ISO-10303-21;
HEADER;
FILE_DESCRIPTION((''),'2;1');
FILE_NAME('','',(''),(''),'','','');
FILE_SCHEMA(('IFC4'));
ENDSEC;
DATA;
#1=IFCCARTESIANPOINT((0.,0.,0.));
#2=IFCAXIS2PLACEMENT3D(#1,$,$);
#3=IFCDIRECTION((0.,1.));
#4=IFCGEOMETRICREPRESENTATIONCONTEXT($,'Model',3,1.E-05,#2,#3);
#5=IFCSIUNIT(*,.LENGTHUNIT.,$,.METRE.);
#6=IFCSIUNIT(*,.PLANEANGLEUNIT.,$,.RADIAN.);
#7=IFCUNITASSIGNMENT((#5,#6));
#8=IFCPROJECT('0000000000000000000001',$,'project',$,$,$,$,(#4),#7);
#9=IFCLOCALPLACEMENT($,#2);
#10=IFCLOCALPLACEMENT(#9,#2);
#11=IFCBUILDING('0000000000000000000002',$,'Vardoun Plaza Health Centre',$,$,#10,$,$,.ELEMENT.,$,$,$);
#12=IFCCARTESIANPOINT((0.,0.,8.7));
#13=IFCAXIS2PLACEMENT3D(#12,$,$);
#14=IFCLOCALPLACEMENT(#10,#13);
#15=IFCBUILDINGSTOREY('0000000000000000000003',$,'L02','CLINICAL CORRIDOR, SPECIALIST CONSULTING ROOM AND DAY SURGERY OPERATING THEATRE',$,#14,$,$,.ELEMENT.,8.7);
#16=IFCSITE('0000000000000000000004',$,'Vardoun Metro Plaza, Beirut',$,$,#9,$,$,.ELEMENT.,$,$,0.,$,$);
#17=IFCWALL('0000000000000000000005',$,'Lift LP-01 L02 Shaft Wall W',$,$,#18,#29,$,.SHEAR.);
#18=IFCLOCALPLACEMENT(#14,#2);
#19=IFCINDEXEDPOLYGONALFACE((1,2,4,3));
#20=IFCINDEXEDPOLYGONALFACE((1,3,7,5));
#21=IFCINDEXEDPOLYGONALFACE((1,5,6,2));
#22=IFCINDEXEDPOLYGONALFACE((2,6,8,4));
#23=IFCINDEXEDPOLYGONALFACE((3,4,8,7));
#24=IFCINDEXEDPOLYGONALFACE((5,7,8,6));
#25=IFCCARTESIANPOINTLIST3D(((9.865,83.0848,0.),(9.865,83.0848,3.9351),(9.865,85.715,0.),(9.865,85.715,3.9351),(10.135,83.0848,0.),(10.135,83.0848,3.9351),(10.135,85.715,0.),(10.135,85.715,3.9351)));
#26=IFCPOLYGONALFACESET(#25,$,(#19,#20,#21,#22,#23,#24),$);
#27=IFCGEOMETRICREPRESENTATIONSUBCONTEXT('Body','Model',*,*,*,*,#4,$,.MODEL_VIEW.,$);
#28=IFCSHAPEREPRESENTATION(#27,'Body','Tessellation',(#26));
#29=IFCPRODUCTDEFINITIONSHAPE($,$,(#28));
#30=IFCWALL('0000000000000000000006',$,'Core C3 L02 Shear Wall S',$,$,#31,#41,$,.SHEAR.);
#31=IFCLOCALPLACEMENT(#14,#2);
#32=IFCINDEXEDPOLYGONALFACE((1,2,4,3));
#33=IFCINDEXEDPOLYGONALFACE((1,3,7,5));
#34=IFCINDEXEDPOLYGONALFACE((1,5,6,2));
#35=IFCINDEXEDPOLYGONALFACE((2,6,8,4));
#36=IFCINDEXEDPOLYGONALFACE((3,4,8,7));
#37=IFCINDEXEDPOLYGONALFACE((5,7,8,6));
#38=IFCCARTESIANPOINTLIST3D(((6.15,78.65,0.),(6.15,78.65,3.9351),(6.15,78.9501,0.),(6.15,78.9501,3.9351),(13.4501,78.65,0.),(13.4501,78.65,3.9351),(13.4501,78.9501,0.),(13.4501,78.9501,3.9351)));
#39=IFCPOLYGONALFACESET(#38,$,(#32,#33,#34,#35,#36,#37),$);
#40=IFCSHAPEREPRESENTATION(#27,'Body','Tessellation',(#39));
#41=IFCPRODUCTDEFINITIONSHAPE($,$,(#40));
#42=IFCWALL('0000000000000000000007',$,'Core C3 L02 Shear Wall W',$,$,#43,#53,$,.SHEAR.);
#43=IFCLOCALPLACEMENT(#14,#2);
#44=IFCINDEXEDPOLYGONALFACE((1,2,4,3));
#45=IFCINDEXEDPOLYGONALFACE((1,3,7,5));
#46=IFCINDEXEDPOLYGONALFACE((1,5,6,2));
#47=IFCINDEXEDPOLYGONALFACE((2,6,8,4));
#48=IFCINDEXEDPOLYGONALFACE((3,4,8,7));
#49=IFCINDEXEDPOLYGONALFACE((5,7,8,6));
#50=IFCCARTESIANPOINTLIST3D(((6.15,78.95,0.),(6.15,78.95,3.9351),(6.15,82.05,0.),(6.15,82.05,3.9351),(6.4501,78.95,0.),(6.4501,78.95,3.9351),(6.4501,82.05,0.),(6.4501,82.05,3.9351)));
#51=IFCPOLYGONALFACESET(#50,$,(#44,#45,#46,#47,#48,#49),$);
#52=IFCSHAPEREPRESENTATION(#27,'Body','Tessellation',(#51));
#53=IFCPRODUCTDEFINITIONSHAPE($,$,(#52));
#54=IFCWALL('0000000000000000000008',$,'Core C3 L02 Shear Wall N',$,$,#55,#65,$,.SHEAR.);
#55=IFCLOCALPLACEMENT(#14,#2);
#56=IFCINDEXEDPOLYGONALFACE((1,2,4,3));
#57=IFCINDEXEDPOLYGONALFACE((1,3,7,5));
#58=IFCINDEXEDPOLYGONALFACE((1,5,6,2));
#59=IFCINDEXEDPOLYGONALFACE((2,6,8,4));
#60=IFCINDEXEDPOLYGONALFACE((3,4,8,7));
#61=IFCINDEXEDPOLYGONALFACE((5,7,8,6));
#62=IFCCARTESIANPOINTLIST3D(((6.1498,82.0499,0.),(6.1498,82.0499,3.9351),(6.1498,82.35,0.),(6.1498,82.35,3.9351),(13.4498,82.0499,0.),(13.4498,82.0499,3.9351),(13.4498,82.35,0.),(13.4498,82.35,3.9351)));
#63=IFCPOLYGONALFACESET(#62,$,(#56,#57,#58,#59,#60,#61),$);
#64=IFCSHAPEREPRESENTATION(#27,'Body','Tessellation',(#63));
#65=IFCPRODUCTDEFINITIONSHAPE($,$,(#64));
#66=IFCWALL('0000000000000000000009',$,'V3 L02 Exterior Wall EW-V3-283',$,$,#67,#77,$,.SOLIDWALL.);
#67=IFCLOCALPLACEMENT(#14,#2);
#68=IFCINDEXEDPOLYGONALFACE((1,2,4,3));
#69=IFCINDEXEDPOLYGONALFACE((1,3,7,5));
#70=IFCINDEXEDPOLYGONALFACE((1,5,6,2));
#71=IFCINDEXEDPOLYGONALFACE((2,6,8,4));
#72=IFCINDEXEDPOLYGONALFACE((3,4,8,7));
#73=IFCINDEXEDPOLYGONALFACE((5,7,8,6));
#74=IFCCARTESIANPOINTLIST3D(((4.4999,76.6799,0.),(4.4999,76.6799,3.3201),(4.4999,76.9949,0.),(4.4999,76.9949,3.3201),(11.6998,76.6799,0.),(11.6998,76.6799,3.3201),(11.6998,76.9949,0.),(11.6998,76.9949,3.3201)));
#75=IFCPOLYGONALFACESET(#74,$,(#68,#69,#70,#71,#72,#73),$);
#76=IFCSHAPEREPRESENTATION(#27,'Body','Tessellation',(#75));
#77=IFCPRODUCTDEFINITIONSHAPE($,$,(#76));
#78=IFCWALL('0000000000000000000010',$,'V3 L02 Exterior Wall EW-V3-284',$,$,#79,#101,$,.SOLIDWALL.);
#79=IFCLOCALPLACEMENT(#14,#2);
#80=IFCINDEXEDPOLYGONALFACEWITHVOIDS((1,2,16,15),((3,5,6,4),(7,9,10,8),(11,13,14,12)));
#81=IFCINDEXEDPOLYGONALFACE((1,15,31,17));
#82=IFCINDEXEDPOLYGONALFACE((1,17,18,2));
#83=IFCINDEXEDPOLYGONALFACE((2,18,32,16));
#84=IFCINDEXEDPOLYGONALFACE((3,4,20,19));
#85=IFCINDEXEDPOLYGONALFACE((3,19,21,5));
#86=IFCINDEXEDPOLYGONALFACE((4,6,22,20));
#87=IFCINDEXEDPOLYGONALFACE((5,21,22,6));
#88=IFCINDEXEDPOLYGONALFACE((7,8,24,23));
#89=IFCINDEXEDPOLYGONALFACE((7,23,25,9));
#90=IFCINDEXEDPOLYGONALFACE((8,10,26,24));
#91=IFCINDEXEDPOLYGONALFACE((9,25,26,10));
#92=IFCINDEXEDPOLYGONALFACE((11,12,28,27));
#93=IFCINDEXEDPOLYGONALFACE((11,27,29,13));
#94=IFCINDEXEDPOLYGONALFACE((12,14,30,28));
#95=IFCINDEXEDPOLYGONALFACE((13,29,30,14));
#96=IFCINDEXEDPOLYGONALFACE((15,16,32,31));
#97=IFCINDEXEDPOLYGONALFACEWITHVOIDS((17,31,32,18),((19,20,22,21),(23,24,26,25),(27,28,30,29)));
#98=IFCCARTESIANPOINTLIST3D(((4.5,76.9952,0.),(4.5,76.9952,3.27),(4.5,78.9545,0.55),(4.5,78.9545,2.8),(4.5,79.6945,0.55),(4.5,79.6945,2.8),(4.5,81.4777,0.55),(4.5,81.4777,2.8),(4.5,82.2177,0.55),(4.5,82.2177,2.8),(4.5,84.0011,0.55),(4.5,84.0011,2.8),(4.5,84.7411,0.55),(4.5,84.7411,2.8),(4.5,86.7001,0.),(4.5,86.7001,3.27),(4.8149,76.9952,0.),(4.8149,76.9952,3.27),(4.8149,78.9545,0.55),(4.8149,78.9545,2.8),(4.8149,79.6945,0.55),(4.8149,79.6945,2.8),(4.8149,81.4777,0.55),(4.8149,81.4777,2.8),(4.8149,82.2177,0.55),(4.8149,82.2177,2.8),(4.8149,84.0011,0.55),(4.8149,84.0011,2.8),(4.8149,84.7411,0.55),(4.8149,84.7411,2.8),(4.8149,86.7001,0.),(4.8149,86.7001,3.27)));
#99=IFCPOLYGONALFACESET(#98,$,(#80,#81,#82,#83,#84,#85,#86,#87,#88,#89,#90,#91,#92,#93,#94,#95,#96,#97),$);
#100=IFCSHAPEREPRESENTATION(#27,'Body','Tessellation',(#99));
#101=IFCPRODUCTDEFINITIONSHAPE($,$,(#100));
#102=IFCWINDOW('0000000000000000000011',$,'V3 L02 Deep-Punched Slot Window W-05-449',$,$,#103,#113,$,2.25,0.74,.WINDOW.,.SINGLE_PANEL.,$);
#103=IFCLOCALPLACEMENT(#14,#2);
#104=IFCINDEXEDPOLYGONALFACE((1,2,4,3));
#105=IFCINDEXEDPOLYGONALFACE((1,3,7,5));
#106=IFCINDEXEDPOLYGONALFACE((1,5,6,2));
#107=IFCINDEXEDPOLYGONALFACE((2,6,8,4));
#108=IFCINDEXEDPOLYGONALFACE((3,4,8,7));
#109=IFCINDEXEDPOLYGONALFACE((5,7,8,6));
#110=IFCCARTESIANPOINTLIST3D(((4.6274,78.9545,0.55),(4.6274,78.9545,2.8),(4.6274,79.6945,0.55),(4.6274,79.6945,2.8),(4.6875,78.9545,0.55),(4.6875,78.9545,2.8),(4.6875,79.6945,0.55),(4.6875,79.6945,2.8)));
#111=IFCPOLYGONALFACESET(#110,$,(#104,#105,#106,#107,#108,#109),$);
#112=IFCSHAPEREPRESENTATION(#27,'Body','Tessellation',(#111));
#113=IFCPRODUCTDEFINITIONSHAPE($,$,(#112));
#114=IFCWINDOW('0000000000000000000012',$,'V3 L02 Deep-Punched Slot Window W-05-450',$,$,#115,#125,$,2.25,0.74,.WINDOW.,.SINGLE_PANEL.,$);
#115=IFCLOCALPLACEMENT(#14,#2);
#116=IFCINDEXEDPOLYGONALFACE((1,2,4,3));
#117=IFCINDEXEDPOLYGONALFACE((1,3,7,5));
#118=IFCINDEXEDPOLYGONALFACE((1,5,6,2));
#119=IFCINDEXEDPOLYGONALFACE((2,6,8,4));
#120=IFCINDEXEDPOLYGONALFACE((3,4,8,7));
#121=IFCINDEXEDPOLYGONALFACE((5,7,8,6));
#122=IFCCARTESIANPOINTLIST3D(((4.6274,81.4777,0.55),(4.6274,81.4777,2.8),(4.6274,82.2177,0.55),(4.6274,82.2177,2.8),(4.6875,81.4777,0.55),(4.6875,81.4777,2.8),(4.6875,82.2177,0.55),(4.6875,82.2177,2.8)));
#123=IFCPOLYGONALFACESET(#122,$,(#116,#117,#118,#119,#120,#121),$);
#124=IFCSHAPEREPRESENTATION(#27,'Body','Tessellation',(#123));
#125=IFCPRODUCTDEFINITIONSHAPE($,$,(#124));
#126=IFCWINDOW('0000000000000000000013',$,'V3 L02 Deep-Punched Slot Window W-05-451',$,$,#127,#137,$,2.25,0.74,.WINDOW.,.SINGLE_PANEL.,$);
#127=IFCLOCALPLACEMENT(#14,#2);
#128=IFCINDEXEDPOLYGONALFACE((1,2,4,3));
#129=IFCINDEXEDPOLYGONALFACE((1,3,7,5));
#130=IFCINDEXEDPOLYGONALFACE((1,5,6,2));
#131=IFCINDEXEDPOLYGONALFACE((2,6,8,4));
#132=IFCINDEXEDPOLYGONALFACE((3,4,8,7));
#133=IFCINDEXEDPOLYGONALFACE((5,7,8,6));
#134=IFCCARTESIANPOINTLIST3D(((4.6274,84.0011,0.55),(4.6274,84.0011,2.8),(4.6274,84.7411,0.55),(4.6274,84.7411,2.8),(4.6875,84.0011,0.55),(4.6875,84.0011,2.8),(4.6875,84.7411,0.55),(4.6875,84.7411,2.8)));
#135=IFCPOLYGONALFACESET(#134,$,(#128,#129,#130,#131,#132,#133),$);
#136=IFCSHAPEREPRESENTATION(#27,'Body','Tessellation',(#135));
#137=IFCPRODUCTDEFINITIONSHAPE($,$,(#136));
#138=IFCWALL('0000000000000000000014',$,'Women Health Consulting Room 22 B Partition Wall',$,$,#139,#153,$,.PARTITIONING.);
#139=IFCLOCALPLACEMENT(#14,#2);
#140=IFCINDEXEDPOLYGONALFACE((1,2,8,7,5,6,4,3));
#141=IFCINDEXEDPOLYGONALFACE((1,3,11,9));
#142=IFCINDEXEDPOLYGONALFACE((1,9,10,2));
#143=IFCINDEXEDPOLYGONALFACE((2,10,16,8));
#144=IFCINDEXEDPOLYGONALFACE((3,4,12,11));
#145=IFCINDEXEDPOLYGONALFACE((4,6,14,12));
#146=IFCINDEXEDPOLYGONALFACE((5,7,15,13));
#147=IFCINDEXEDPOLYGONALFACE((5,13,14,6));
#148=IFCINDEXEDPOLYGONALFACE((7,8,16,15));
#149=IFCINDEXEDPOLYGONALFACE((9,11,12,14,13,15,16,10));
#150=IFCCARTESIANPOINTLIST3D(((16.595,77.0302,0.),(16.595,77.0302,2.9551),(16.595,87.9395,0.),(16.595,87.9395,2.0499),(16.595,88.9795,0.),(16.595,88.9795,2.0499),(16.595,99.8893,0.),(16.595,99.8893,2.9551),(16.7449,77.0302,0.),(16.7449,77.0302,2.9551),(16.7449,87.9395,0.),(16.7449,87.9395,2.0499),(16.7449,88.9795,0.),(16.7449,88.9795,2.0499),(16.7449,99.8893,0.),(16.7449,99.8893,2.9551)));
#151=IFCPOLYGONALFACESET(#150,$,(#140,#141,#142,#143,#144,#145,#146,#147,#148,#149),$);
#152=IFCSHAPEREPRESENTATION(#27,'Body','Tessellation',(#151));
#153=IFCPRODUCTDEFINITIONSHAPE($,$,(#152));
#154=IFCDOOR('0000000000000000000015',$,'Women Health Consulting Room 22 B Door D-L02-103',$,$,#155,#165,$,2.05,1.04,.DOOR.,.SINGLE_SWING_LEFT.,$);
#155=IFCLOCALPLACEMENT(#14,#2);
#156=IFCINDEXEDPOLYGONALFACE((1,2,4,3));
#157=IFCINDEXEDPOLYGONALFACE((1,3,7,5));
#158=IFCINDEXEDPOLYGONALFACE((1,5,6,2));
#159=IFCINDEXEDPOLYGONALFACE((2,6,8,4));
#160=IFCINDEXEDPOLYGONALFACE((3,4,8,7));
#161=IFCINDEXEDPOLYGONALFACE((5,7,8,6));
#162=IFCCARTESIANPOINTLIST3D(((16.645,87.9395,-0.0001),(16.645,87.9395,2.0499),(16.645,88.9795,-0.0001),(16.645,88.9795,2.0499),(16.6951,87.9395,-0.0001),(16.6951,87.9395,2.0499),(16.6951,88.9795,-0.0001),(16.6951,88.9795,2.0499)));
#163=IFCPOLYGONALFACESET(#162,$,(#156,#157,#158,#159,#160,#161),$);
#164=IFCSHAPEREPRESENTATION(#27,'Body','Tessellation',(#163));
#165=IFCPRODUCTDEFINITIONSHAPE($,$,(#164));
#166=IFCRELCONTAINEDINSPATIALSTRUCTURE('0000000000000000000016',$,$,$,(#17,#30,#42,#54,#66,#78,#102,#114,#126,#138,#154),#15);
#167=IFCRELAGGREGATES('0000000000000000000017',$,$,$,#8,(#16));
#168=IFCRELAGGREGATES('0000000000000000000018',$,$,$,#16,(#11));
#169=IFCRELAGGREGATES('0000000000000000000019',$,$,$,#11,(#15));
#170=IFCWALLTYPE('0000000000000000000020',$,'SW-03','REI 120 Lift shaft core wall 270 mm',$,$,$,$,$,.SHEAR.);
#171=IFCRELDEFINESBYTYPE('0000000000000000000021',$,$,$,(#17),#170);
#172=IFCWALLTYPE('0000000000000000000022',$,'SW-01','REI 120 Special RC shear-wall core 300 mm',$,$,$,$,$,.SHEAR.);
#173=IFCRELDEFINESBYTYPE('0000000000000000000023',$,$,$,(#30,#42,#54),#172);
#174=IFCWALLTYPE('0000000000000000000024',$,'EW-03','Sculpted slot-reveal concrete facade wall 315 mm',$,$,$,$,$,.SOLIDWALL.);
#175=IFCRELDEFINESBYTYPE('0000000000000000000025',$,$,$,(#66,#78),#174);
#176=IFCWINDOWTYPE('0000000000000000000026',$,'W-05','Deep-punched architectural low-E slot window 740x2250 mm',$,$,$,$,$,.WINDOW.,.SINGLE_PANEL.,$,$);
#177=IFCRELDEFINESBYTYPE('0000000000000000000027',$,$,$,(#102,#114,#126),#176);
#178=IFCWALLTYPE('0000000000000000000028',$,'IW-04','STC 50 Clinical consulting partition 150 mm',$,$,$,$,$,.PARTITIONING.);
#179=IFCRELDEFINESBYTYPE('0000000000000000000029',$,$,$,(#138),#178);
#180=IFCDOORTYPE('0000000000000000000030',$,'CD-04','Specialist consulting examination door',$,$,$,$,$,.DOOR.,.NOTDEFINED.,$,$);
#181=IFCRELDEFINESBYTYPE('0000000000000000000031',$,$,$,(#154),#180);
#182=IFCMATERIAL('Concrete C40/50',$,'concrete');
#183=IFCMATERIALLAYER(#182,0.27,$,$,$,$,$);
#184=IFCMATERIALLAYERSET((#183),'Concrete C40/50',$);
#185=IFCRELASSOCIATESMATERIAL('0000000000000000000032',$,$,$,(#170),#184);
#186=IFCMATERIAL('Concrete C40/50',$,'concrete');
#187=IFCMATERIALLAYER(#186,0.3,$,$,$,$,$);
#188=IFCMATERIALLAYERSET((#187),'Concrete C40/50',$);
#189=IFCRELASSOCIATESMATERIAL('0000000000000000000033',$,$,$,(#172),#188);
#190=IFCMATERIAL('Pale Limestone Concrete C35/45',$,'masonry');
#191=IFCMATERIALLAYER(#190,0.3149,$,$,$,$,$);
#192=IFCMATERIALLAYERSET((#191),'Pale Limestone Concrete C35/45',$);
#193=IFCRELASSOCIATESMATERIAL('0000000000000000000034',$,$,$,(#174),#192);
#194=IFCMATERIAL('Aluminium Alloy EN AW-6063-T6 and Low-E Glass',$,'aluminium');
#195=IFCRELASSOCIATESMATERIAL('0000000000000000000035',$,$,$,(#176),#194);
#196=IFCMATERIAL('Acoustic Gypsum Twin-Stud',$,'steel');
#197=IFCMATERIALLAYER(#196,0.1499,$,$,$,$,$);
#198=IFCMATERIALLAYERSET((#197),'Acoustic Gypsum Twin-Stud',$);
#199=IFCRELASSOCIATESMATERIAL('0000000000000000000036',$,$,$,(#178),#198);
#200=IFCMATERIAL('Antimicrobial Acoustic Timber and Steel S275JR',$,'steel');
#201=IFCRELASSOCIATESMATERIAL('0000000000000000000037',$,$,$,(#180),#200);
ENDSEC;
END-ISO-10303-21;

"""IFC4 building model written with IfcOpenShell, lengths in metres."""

from ifc_helpers import new_model, si_unit, direction, frame, frame_2d, origin, place, context, subcontext, project, spatial, rectangle, extrude, material, layer, layer_set, type_object, element, fill, save


model = new_model("IFC4")

# Units and contexts
model_context = context("Model", 3, precision=1e-05, world=origin(), true_north=direction((0.0, 1.0)))
body_context = subcontext(model_context, "Body", "Model", "MODEL_VIEW")
ifc_project = project(units=[si_unit("LENGTHUNIT", "METRE"), si_unit("PLANEANGLEUNIT", "RADIAN")], contexts=[model_context])

# Site, building, storey
site_placement = place(None, origin())
site = spatial("IfcSite", under=ifc_project, at=site_placement, Name="Vardoun Metro Plaza, Beirut", CompositionType="ELEMENT", RefElevation=0.0)
building_placement = place(site_placement, origin())
building = spatial("IfcBuilding", under=site, at=building_placement, Name="Vardoun Plaza Health Centre", CompositionType="ELEMENT")
storey_placement = place(building_placement, frame((0.0, 0.0, 8.7)))
storey = spatial("IfcBuildingStorey", under=building, at=storey_placement, Name="L02", Description="CLINICAL CORRIDOR, SPECIALIST CONSULTING ROOM AND DAY SURGERY OPERATING THEATRE", CompositionType="ELEMENT", Elevation=8.7)

# Walls
ifc_material_1 = material(Name="Concrete C40/50", Category="concrete")
ifc_layer_1 = layer(ifc_material_1, 0.27)
ifc_layer_set_1 = layer_set([ifc_layer_1], Name="Concrete C40/50")
wall_type_1 = type_object("IfcWallType", Name="SW-03", Description="REI 120 Lift shaft core wall 270 mm", PredefinedType="SHEAR", material=ifc_layer_set_1)
wall_1_placement = place(storey_placement, frame((10.0, 83.085, 0.0), z_axis=(0.0, 0.0, 1.0), x_axis=(0.0, 1.0, 0.0)))
element("IfcWall", 1, at=wall_1_placement, inside=storey, type_object=wall_type_1, Name="Lift LP-01 L02 Shaft Wall W", PredefinedType="SHEAR", context=body_context, shape_type="SweptSolid", body=[
    extrude(rectangle(XDim=2.6301, YDim=0.27, at=frame_2d((1.3149, 0.0))), origin(), (0.0, 0.0, 1.0), 3.9351),
])
ifc_material_2 = material(Name="Concrete C40/50", Category="concrete")
ifc_layer_2 = layer(ifc_material_2, 0.3)
ifc_layer_set_2 = layer_set([ifc_layer_2], Name="Concrete C40/50")
wall_type_2 = type_object("IfcWallType", Name="SW-01", Description="REI 120 Special RC shear-wall core 300 mm", PredefinedType="SHEAR", material=ifc_layer_set_2)
wall_2_placement = place(storey_placement, frame((13.45, 78.8, 0.0), z_axis=(0.0, 0.0, 1.0), x_axis=(-1.0, 0.0, 0.0)))
element("IfcWall", 2, at=wall_2_placement, inside=storey, type_object=wall_type_2, Name="Core C3 L02 Shear Wall S", PredefinedType="SHEAR", context=body_context, shape_type="SweptSolid", body=[
    extrude(rectangle(XDim=7.3, YDim=0.3, at=frame_2d((3.6499, 0.0))), origin(), (0.0, 0.0, 1.0), 3.9351),
])
wall_3_placement = place(storey_placement, frame((6.3, 78.95, 0.0), z_axis=(0.0, 0.0, 1.0), x_axis=(0.0, 1.0, 0.0)))
element("IfcWall", 3, at=wall_3_placement, inside=storey, type_object=wall_type_2, Name="Core C3 L02 Shear Wall W", PredefinedType="SHEAR", context=body_context, shape_type="SweptSolid", body=[
    extrude(rectangle(XDim=3.1001, YDim=0.3, at=frame_2d((1.55, 0.0))), origin(), (0.0, 0.0, 1.0), 3.9351),
])
wall_4_placement = place(storey_placement, frame((6.1499, 82.2, 0.0), z_axis=(0.0, 0.0, 1.0), x_axis=(1.0, 0.0, 0.0)))
element("IfcWall", 4, at=wall_4_placement, inside=storey, type_object=wall_type_2, Name="Core C3 L02 Shear Wall N", PredefinedType="SHEAR", context=body_context, shape_type="SweptSolid", body=[
    extrude(rectangle(XDim=7.3, YDim=0.3, at=frame_2d((3.6499, 0.0))), origin(), (0.0, 0.0, 1.0), 3.9351),
])

# Wall
ifc_material_3 = material(Name="Pale Limestone Concrete C35/45", Category="masonry")
ifc_layer_3 = layer(ifc_material_3, 0.3149)
ifc_layer_set_3 = layer_set([ifc_layer_3], Name="Pale Limestone Concrete C35/45")
wall_type_3 = type_object("IfcWallType", Name="EW-03", Description="Sculpted slot-reveal concrete facade wall 315 mm", PredefinedType="SOLIDWALL", material=ifc_layer_set_3)
wall_5_placement = place(storey_placement, frame((11.7, 76.8374, 0.0), z_axis=(0.0, 0.0, 1.0), x_axis=(-1.0, 0.0, 0.0)))
element("IfcWall", 5, at=wall_5_placement, inside=storey, type_object=wall_type_3, Name="V3 L02 Exterior Wall EW-V3-283", PredefinedType="SOLIDWALL", context=body_context, shape_type="SweptSolid", body=[
    extrude(rectangle(XDim=7.2, YDim=0.3149, at=frame_2d((3.6001, 0.0))), origin(), (0.0, 0.0, 1.0), 3.3201),
])

# Wall, openings, windows
wall_6_placement = place(storey_placement, frame((4.6575, 76.9951, 0.0), z_axis=(0.0, 0.0, 1.0), x_axis=(0.0, 1.0, 0.0)))
wall_6 = element("IfcWall", 6, at=wall_6_placement, inside=storey, type_object=wall_type_3, Name="V3 L02 Exterior Wall EW-V3-284", PredefinedType="SOLIDWALL", context=body_context, shape_type="SweptSolid", body=[
    extrude(rectangle(XDim=9.7048, YDim=0.3149, at=frame_2d((4.8525, 0.0))), origin(), (0.0, 0.0, 1.0), 3.27),
])
opening_1_placement = place(wall_6_placement, frame((1.9592, 0.0, 0.55)))
opening_1 = element("IfcOpeningElement", 7, at=opening_1_placement, cuts=wall_6, PredefinedType="OPENING", context=body_context, shape_type="SweptSolid", body=[
    extrude(rectangle(XDim=0.74, YDim=2.25, at=frame_2d((0.3701, 1.125))), frame((0.0, 0.1575, 0.0), z_axis=(0.0, -1.0, 0.0), x_axis=(1.0, 0.0, 0.0)), (0.0, 0.0, 1.0), 0.3149),
])
opening_2_placement = place(wall_6_placement, frame((4.4824, 0.0, 0.55)))
opening_2 = element("IfcOpeningElement", 8, at=opening_2_placement, cuts=wall_6, PredefinedType="OPENING", context=body_context, shape_type="SweptSolid", body=[
    extrude(rectangle(XDim=0.74, YDim=2.25, at=frame_2d((0.3701, 1.125))), frame((0.0, 0.1575, 0.0), z_axis=(0.0, -1.0, 0.0), x_axis=(1.0, 0.0, 0.0)), (0.0, 0.0, 1.0), 0.3149),
])
opening_3_placement = place(wall_6_placement, frame((7.0059, 0.0, 0.55)))
opening_3 = element("IfcOpeningElement", 9, at=opening_3_placement, cuts=wall_6, PredefinedType="OPENING", context=body_context, shape_type="SweptSolid", body=[
    extrude(rectangle(XDim=0.74, YDim=2.25, at=frame_2d((0.3701, 1.125))), frame((0.0, 0.1575, 0.0), z_axis=(0.0, -1.0, 0.0), x_axis=(1.0, 0.0, 0.0)), (0.0, 0.0, 1.0), 0.3149),
])
ifc_material_4 = material(Name="Aluminium Alloy EN AW-6063-T6 and Low-E Glass", Category="aluminium")
window_type = type_object("IfcWindowType", Name="W-05", Description="Deep-punched architectural low-E slot window 740x2250 mm", PartitioningType="SINGLE_PANEL", PredefinedType="WINDOW", material=ifc_material_4)
window_1_placement = place(opening_1_placement, origin())
window_1 = element("IfcWindow", 10, at=window_1_placement, inside=storey, type_object=window_type, Name="V3 L02 Deep-Punched Slot Window W-05-449", OverallHeight=2.25, OverallWidth=0.74, PartitioningType="SINGLE_PANEL", PredefinedType="WINDOW", context=body_context, shape_type="SweptSolid", body=[
    extrude(rectangle(XDim=0.74, YDim=2.25, at=frame_2d((0.3701, 1.125))), frame((0.0, 0.03, 0.0), z_axis=(0.0, -1.0, 0.0), x_axis=(1.0, 0.0, 0.0)), (0.0, 0.0, 1.0), 0.0601),
])
fill(opening_1, window_1)
window_2_placement = place(opening_2_placement, origin())
window_2 = element("IfcWindow", 11, at=window_2_placement, inside=storey, type_object=window_type, Name="V3 L02 Deep-Punched Slot Window W-05-450", OverallHeight=2.25, OverallWidth=0.74, PartitioningType="SINGLE_PANEL", PredefinedType="WINDOW", context=body_context, shape_type="SweptSolid", body=[
    extrude(rectangle(XDim=0.74, YDim=2.25, at=frame_2d((0.3701, 1.125))), frame((0.0, 0.03, 0.0), z_axis=(0.0, -1.0, 0.0), x_axis=(1.0, 0.0, 0.0)), (0.0, 0.0, 1.0), 0.0601),
])
fill(opening_2, window_2)
window_3_placement = place(opening_3_placement, origin())
window_3 = element("IfcWindow", 12, at=window_3_placement, inside=storey, type_object=window_type, Name="V3 L02 Deep-Punched Slot Window W-05-451", OverallHeight=2.25, OverallWidth=0.74, PartitioningType="SINGLE_PANEL", PredefinedType="WINDOW", context=body_context, shape_type="SweptSolid", body=[
    extrude(rectangle(XDim=0.74, YDim=2.25, at=frame_2d((0.3701, 1.125))), frame((0.0, 0.03, 0.0), z_axis=(0.0, -1.0, 0.0), x_axis=(1.0, 0.0, 0.0)), (0.0, 0.0, 1.0), 0.0601),
])
fill(opening_3, window_3)

# Wall, opening, door
ifc_material_5 = material(Name="Acoustic Gypsum Twin-Stud", Category="steel")
ifc_layer_4 = layer(ifc_material_5, 0.1499)
ifc_layer_set_4 = layer_set([ifc_layer_4], Name="Acoustic Gypsum Twin-Stud")
wall_type_4 = type_object("IfcWallType", Name="IW-04", Description="STC 50 Clinical consulting partition 150 mm", PredefinedType="PARTITIONING", material=ifc_layer_set_4)
wall_7_placement = place(storey_placement, frame((16.6699, 77.03, 0.0), z_axis=(0.0, 0.0, 1.0), x_axis=(0.0, 1.0, 0.0)))
wall_7 = element("IfcWall", 13, at=wall_7_placement, inside=storey, type_object=wall_type_4, Name="Women Health Consulting Room 22 B Partition Wall", PredefinedType="PARTITIONING", context=body_context, shape_type="SweptSolid", body=[
    extrude(rectangle(XDim=22.8591, YDim=0.1499, at=frame_2d((11.4297, 0.0))), origin(), (0.0, 0.0, 1.0), 2.9551),
])
opening_4_placement = place(wall_7_placement, frame((10.9094, 0.0, 0.0)))
opening_4 = element("IfcOpeningElement", 14, at=opening_4_placement, cuts=wall_7, PredefinedType="OPENING", context=body_context, shape_type="SweptSolid", body=[
    extrude(rectangle(XDim=1.04, YDim=2.05, at=frame_2d((0.52, 1.0249))), frame((0.0, 0.075, 0.0), z_axis=(0.0, -1.0, 0.0), x_axis=(1.0, 0.0, 0.0)), (0.0, 0.0, 1.0), 0.1499),
])
ifc_material_6 = material(Name="Antimicrobial Acoustic Timber and Steel S275JR", Category="steel")
door_type_1 = type_object("IfcDoorType", Name="CD-04", Description="Specialist consulting examination door", OperationType="NOTDEFINED", PredefinedType="DOOR", material=ifc_material_6)
door_1_placement = place(opening_4_placement, origin())
door_1 = element("IfcDoor", 15, at=door_1_placement, inside=storey, type_object=door_type_1, Name="Women Health Consulting Room 22 B Door D-L02-103", OperationType="SINGLE_SWING_LEFT", OverallHeight=2.05, OverallWidth=1.04, PredefinedType="DOOR", context=body_context, shape_type="SweptSolid", body=[
    extrude(rectangle(XDim=1.04, YDim=2.05, at=frame_2d((0.52, 1.0249))), frame((0.0, 0.0249, 0.0), z_axis=(0.0, -1.0, 0.0), x_axis=(1.0, 0.0, 0.0)), (0.0, 0.0, 1.0), 0.05),
])
fill(opening_4, door_1)

save(model, "model.ifc")
